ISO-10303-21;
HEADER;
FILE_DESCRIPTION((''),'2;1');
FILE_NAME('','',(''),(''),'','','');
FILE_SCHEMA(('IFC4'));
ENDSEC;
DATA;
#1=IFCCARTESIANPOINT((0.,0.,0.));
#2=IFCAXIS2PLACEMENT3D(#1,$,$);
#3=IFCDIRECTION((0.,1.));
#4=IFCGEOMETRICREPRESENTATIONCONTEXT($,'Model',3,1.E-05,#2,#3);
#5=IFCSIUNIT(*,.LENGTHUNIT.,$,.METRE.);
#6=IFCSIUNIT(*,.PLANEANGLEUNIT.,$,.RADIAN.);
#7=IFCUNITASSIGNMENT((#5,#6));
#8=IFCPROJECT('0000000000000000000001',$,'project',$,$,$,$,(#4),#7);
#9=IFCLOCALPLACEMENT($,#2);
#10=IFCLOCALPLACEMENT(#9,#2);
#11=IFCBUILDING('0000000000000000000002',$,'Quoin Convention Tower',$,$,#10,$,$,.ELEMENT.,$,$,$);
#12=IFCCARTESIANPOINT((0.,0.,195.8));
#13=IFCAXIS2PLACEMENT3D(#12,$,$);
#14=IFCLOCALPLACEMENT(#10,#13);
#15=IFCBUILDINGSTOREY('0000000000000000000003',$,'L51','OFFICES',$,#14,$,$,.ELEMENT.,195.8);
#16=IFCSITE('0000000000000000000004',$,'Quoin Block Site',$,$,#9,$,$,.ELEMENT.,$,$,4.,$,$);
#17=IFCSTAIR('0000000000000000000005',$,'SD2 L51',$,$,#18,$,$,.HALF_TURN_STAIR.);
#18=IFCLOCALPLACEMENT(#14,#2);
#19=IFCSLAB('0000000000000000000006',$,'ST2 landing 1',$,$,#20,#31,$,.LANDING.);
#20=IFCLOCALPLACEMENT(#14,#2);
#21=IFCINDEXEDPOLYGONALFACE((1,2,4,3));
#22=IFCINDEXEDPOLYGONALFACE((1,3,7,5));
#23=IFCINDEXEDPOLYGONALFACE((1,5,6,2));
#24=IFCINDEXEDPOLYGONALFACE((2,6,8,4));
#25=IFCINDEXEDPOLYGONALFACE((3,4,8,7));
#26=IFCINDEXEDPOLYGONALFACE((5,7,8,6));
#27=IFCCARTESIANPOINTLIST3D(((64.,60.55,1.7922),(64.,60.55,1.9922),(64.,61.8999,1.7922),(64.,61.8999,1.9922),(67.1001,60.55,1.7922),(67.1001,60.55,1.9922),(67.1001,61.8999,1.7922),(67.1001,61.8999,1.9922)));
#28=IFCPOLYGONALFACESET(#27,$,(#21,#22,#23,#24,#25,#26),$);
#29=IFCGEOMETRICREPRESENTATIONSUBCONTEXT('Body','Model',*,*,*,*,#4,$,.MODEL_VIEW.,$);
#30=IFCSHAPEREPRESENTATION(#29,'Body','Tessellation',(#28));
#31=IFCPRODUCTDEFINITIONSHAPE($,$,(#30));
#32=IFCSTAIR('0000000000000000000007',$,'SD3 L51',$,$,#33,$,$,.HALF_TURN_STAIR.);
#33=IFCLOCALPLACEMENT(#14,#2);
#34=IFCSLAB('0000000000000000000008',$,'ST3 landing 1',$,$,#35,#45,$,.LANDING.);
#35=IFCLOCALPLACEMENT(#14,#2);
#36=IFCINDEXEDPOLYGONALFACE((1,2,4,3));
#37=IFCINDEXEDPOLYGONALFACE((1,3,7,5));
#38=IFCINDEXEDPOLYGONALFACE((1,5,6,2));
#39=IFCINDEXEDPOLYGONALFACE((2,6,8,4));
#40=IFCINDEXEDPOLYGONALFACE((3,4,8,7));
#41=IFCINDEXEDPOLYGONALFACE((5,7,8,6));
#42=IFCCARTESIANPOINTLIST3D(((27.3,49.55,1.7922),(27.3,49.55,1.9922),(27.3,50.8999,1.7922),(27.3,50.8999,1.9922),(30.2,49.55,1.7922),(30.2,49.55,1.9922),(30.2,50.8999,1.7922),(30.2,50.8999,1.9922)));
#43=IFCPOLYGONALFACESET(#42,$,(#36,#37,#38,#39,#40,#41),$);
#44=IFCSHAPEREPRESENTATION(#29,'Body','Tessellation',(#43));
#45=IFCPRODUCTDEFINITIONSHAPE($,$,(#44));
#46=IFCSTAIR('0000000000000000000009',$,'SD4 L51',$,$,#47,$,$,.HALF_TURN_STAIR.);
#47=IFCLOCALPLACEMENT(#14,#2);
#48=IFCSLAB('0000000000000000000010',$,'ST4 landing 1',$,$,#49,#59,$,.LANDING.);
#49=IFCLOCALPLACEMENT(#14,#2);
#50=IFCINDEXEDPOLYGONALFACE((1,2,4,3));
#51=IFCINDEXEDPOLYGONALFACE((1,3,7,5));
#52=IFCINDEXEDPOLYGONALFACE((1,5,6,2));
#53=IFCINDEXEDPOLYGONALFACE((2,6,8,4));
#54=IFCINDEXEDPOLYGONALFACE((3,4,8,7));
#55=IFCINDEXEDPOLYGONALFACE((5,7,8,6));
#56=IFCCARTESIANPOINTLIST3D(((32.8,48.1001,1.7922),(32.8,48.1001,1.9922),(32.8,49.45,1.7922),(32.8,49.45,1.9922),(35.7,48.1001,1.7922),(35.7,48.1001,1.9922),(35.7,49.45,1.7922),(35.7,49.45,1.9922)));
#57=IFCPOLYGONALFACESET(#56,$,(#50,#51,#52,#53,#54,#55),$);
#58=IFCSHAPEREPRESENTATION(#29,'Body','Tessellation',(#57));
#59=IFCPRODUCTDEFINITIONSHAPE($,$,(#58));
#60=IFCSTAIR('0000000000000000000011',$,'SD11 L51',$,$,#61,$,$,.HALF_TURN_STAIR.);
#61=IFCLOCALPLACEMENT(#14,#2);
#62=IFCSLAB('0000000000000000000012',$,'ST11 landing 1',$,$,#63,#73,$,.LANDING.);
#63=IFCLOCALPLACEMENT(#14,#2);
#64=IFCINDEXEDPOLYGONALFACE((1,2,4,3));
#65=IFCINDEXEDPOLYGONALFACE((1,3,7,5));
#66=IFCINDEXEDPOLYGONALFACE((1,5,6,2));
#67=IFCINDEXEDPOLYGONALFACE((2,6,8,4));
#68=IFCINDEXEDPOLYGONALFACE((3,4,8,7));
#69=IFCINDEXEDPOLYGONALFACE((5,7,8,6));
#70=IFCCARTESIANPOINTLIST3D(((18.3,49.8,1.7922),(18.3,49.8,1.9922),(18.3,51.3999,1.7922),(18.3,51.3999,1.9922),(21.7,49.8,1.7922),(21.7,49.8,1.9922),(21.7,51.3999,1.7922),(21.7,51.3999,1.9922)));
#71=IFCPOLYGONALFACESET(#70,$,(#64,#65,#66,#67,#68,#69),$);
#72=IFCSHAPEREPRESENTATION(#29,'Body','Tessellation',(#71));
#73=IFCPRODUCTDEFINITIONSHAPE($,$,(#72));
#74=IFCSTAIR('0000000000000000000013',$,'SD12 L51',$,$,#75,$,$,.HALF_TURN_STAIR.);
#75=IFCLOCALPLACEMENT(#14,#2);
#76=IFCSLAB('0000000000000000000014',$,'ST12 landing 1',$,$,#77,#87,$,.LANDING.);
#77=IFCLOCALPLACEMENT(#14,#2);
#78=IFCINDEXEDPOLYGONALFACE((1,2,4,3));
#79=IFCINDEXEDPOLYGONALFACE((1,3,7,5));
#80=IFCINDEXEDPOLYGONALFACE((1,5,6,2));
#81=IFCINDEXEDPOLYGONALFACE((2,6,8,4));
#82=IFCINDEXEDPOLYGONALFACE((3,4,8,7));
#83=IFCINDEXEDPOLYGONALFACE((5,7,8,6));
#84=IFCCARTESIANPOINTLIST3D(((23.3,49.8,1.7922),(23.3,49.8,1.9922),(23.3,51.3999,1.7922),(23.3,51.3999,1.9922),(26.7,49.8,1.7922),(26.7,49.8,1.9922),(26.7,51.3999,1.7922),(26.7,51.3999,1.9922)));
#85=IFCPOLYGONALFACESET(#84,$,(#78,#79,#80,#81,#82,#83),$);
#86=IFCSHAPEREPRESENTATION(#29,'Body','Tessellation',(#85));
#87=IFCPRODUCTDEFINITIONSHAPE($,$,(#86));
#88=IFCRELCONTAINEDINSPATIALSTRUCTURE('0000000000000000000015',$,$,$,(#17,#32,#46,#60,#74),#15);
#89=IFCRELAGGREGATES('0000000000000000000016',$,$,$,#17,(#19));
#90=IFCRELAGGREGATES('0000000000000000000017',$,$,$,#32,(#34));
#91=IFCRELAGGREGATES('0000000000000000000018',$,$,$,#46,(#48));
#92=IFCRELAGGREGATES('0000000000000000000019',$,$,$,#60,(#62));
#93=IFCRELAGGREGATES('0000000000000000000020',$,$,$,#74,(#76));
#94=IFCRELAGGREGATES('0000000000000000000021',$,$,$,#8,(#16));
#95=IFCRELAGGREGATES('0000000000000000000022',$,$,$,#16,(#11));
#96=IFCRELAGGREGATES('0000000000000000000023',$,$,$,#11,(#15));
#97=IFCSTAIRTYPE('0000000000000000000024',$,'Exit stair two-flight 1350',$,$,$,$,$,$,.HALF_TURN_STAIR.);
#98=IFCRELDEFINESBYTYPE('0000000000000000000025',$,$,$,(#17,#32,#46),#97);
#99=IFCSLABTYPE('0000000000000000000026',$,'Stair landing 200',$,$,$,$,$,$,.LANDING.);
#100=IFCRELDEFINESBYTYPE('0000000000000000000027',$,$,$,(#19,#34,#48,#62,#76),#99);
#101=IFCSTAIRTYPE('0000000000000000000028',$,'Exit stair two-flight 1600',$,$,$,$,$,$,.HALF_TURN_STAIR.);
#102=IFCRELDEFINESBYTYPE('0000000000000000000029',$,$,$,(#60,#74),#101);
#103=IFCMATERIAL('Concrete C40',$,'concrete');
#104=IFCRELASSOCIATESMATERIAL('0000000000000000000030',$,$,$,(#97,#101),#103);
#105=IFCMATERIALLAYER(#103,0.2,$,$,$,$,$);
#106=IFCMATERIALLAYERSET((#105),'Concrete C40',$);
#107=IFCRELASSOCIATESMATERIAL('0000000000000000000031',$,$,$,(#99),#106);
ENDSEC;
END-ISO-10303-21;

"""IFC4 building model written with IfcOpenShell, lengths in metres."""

from ifc_helpers import new_model, si_unit, direction, frame, origin, place, context, subcontext, project, spatial, polyline, outline, extrude, material, layer, layer_set, type_object, element, aggregate, save


model = new_model("IFC4")

# Units and contexts
model_context = context("Model", 3, precision=1e-05, world=origin(), true_north=direction((0.0, 1.0)))
body_context = subcontext(model_context, "Body", "Model", "MODEL_VIEW")
ifc_project = project(units=[si_unit("LENGTHUNIT", "METRE"), si_unit("PLANEANGLEUNIT", "RADIAN")], contexts=[model_context])

# Site, building, storey
site_placement = place(None, origin())
site = spatial("IfcSite", under=ifc_project, at=site_placement, Name="Quoin Block Site", CompositionType="ELEMENT", RefElevation=4.0)
building_placement = place(site_placement, origin())
building = spatial("IfcBuilding", under=site, at=building_placement, Name="Quoin Convention Tower", CompositionType="ELEMENT")
storey_placement = place(building_placement, frame((0.0, 0.0, 195.8)))
storey = spatial("IfcBuildingStorey", under=building, at=storey_placement, Name="L51", Description="OFFICES", CompositionType="ELEMENT", Elevation=195.8)

# Shared definitions
ifc_material_1 = material(Name="Concrete C40", Category="concrete")

# Stairs, slabs
stair_type_1 = type_object("IfcStairType", Name="Exit stair two-flight 1350", PredefinedType="HALF_TURN_STAIR", material=ifc_material_1)
ifc_layer_1 = layer(ifc_material_1, 0.2)
ifc_layer_set_1 = layer_set([ifc_layer_1], Name="Concrete C40")
slab_type_1 = type_object("IfcSlabType", Name="Stair landing 200", PredefinedType="LANDING", material=ifc_layer_set_1)
stair_1_placement = place(storey_placement, origin())
stair_1 = element("IfcStair", 1, at=stair_1_placement, inside=storey, type_object=stair_type_1, Name="SD2 L51", PredefinedType="HALF_TURN_STAIR")
slab_1_placement = place(storey_placement, frame((0.0, 0.0, 1.7922)))
slab_1 = element("IfcSlab", 2, at=slab_1_placement, type_object=slab_type_1, Name="ST2 landing 1", PredefinedType="LANDING", context=body_context, shape_type="SweptSolid", body=[
    extrude(outline(polyline([(64.0, 60.55), (67.1001, 60.55), (67.1001, 61.8999), (64.0, 61.8999), (64.0, 60.55)])), origin(), (0.0, 0.0, 1.0), 0.2),
])
aggregate(stair_1, [slab_1])
stair_2_placement = place(storey_placement, origin())
stair_2 = element("IfcStair", 3, at=stair_2_placement, inside=storey, type_object=stair_type_1, Name="SD3 L51", PredefinedType="HALF_TURN_STAIR")
slab_2_placement = place(storey_placement, frame((0.0, 0.0, 1.7922)))
slab_2 = element("IfcSlab", 4, at=slab_2_placement, type_object=slab_type_1, Name="ST3 landing 1", PredefinedType="LANDING", context=body_context, shape_type="SweptSolid", body=[
    extrude(outline(polyline([(27.3, 49.55), (30.2, 49.55), (30.2, 50.8999), (27.3, 50.8999), (27.3, 49.55)])), origin(), (0.0, 0.0, 1.0), 0.2),
])
aggregate(stair_2, [slab_2])
stair_3_placement = place(storey_placement, origin())
stair_3 = element("IfcStair", 5, at=stair_3_placement, inside=storey, type_object=stair_type_1, Name="SD4 L51", PredefinedType="HALF_TURN_STAIR")
slab_3_placement = place(storey_placement, frame((0.0, 0.0, 1.7922)))
slab_3 = element("IfcSlab", 6, at=slab_3_placement, type_object=slab_type_1, Name="ST4 landing 1", PredefinedType="LANDING", context=body_context, shape_type="SweptSolid", body=[
    extrude(outline(polyline([(35.7, 49.45), (32.8, 49.45), (32.8, 48.1001), (35.7, 48.1001), (35.7, 49.45)])), origin(), (0.0, 0.0, 1.0), 0.2),
])
aggregate(stair_3, [slab_3])
stair_type_2 = type_object("IfcStairType", Name="Exit stair two-flight 1600", PredefinedType="HALF_TURN_STAIR", material=ifc_material_1)
stair_4_placement = place(storey_placement, origin())
stair_4 = element("IfcStair", 7, at=stair_4_placement, inside=storey, type_object=stair_type_2, Name="SD11 L51", PredefinedType="HALF_TURN_STAIR")
slab_4_placement = place(storey_placement, frame((0.0, 0.0, 1.7922)))
slab_4 = element("IfcSlab", 8, at=slab_4_placement, type_object=slab_type_1, Name="ST11 landing 1", PredefinedType="LANDING", context=body_context, shape_type="SweptSolid", body=[
    extrude(outline(polyline([(21.7, 51.3999), (18.3, 51.3999), (18.3, 49.8), (21.7, 49.8), (21.7, 51.3999)])), origin(), (0.0, 0.0, 1.0), 0.2),
])
aggregate(stair_4, [slab_4])
stair_5_placement = place(storey_placement, origin())
stair_5 = element("IfcStair", 9, at=stair_5_placement, inside=storey, type_object=stair_type_2, Name="SD12 L51", PredefinedType="HALF_TURN_STAIR")
slab_5_placement = place(storey_placement, frame((0.0, 0.0, 1.7922)))
slab_5 = element("IfcSlab", 10, at=slab_5_placement, type_object=slab_type_1, Name="ST12 landing 1", PredefinedType="LANDING", context=body_context, shape_type="SweptSolid", body=[
    extrude(outline(polyline([(26.7, 51.3999), (23.3, 51.3999), (23.3, 49.8), (26.7, 49.8), (26.7, 51.3999)])), origin(), (0.0, 0.0, 1.0), 0.2),
])
aggregate(stair_5, [slab_5])

save(model, "model.ifc")
